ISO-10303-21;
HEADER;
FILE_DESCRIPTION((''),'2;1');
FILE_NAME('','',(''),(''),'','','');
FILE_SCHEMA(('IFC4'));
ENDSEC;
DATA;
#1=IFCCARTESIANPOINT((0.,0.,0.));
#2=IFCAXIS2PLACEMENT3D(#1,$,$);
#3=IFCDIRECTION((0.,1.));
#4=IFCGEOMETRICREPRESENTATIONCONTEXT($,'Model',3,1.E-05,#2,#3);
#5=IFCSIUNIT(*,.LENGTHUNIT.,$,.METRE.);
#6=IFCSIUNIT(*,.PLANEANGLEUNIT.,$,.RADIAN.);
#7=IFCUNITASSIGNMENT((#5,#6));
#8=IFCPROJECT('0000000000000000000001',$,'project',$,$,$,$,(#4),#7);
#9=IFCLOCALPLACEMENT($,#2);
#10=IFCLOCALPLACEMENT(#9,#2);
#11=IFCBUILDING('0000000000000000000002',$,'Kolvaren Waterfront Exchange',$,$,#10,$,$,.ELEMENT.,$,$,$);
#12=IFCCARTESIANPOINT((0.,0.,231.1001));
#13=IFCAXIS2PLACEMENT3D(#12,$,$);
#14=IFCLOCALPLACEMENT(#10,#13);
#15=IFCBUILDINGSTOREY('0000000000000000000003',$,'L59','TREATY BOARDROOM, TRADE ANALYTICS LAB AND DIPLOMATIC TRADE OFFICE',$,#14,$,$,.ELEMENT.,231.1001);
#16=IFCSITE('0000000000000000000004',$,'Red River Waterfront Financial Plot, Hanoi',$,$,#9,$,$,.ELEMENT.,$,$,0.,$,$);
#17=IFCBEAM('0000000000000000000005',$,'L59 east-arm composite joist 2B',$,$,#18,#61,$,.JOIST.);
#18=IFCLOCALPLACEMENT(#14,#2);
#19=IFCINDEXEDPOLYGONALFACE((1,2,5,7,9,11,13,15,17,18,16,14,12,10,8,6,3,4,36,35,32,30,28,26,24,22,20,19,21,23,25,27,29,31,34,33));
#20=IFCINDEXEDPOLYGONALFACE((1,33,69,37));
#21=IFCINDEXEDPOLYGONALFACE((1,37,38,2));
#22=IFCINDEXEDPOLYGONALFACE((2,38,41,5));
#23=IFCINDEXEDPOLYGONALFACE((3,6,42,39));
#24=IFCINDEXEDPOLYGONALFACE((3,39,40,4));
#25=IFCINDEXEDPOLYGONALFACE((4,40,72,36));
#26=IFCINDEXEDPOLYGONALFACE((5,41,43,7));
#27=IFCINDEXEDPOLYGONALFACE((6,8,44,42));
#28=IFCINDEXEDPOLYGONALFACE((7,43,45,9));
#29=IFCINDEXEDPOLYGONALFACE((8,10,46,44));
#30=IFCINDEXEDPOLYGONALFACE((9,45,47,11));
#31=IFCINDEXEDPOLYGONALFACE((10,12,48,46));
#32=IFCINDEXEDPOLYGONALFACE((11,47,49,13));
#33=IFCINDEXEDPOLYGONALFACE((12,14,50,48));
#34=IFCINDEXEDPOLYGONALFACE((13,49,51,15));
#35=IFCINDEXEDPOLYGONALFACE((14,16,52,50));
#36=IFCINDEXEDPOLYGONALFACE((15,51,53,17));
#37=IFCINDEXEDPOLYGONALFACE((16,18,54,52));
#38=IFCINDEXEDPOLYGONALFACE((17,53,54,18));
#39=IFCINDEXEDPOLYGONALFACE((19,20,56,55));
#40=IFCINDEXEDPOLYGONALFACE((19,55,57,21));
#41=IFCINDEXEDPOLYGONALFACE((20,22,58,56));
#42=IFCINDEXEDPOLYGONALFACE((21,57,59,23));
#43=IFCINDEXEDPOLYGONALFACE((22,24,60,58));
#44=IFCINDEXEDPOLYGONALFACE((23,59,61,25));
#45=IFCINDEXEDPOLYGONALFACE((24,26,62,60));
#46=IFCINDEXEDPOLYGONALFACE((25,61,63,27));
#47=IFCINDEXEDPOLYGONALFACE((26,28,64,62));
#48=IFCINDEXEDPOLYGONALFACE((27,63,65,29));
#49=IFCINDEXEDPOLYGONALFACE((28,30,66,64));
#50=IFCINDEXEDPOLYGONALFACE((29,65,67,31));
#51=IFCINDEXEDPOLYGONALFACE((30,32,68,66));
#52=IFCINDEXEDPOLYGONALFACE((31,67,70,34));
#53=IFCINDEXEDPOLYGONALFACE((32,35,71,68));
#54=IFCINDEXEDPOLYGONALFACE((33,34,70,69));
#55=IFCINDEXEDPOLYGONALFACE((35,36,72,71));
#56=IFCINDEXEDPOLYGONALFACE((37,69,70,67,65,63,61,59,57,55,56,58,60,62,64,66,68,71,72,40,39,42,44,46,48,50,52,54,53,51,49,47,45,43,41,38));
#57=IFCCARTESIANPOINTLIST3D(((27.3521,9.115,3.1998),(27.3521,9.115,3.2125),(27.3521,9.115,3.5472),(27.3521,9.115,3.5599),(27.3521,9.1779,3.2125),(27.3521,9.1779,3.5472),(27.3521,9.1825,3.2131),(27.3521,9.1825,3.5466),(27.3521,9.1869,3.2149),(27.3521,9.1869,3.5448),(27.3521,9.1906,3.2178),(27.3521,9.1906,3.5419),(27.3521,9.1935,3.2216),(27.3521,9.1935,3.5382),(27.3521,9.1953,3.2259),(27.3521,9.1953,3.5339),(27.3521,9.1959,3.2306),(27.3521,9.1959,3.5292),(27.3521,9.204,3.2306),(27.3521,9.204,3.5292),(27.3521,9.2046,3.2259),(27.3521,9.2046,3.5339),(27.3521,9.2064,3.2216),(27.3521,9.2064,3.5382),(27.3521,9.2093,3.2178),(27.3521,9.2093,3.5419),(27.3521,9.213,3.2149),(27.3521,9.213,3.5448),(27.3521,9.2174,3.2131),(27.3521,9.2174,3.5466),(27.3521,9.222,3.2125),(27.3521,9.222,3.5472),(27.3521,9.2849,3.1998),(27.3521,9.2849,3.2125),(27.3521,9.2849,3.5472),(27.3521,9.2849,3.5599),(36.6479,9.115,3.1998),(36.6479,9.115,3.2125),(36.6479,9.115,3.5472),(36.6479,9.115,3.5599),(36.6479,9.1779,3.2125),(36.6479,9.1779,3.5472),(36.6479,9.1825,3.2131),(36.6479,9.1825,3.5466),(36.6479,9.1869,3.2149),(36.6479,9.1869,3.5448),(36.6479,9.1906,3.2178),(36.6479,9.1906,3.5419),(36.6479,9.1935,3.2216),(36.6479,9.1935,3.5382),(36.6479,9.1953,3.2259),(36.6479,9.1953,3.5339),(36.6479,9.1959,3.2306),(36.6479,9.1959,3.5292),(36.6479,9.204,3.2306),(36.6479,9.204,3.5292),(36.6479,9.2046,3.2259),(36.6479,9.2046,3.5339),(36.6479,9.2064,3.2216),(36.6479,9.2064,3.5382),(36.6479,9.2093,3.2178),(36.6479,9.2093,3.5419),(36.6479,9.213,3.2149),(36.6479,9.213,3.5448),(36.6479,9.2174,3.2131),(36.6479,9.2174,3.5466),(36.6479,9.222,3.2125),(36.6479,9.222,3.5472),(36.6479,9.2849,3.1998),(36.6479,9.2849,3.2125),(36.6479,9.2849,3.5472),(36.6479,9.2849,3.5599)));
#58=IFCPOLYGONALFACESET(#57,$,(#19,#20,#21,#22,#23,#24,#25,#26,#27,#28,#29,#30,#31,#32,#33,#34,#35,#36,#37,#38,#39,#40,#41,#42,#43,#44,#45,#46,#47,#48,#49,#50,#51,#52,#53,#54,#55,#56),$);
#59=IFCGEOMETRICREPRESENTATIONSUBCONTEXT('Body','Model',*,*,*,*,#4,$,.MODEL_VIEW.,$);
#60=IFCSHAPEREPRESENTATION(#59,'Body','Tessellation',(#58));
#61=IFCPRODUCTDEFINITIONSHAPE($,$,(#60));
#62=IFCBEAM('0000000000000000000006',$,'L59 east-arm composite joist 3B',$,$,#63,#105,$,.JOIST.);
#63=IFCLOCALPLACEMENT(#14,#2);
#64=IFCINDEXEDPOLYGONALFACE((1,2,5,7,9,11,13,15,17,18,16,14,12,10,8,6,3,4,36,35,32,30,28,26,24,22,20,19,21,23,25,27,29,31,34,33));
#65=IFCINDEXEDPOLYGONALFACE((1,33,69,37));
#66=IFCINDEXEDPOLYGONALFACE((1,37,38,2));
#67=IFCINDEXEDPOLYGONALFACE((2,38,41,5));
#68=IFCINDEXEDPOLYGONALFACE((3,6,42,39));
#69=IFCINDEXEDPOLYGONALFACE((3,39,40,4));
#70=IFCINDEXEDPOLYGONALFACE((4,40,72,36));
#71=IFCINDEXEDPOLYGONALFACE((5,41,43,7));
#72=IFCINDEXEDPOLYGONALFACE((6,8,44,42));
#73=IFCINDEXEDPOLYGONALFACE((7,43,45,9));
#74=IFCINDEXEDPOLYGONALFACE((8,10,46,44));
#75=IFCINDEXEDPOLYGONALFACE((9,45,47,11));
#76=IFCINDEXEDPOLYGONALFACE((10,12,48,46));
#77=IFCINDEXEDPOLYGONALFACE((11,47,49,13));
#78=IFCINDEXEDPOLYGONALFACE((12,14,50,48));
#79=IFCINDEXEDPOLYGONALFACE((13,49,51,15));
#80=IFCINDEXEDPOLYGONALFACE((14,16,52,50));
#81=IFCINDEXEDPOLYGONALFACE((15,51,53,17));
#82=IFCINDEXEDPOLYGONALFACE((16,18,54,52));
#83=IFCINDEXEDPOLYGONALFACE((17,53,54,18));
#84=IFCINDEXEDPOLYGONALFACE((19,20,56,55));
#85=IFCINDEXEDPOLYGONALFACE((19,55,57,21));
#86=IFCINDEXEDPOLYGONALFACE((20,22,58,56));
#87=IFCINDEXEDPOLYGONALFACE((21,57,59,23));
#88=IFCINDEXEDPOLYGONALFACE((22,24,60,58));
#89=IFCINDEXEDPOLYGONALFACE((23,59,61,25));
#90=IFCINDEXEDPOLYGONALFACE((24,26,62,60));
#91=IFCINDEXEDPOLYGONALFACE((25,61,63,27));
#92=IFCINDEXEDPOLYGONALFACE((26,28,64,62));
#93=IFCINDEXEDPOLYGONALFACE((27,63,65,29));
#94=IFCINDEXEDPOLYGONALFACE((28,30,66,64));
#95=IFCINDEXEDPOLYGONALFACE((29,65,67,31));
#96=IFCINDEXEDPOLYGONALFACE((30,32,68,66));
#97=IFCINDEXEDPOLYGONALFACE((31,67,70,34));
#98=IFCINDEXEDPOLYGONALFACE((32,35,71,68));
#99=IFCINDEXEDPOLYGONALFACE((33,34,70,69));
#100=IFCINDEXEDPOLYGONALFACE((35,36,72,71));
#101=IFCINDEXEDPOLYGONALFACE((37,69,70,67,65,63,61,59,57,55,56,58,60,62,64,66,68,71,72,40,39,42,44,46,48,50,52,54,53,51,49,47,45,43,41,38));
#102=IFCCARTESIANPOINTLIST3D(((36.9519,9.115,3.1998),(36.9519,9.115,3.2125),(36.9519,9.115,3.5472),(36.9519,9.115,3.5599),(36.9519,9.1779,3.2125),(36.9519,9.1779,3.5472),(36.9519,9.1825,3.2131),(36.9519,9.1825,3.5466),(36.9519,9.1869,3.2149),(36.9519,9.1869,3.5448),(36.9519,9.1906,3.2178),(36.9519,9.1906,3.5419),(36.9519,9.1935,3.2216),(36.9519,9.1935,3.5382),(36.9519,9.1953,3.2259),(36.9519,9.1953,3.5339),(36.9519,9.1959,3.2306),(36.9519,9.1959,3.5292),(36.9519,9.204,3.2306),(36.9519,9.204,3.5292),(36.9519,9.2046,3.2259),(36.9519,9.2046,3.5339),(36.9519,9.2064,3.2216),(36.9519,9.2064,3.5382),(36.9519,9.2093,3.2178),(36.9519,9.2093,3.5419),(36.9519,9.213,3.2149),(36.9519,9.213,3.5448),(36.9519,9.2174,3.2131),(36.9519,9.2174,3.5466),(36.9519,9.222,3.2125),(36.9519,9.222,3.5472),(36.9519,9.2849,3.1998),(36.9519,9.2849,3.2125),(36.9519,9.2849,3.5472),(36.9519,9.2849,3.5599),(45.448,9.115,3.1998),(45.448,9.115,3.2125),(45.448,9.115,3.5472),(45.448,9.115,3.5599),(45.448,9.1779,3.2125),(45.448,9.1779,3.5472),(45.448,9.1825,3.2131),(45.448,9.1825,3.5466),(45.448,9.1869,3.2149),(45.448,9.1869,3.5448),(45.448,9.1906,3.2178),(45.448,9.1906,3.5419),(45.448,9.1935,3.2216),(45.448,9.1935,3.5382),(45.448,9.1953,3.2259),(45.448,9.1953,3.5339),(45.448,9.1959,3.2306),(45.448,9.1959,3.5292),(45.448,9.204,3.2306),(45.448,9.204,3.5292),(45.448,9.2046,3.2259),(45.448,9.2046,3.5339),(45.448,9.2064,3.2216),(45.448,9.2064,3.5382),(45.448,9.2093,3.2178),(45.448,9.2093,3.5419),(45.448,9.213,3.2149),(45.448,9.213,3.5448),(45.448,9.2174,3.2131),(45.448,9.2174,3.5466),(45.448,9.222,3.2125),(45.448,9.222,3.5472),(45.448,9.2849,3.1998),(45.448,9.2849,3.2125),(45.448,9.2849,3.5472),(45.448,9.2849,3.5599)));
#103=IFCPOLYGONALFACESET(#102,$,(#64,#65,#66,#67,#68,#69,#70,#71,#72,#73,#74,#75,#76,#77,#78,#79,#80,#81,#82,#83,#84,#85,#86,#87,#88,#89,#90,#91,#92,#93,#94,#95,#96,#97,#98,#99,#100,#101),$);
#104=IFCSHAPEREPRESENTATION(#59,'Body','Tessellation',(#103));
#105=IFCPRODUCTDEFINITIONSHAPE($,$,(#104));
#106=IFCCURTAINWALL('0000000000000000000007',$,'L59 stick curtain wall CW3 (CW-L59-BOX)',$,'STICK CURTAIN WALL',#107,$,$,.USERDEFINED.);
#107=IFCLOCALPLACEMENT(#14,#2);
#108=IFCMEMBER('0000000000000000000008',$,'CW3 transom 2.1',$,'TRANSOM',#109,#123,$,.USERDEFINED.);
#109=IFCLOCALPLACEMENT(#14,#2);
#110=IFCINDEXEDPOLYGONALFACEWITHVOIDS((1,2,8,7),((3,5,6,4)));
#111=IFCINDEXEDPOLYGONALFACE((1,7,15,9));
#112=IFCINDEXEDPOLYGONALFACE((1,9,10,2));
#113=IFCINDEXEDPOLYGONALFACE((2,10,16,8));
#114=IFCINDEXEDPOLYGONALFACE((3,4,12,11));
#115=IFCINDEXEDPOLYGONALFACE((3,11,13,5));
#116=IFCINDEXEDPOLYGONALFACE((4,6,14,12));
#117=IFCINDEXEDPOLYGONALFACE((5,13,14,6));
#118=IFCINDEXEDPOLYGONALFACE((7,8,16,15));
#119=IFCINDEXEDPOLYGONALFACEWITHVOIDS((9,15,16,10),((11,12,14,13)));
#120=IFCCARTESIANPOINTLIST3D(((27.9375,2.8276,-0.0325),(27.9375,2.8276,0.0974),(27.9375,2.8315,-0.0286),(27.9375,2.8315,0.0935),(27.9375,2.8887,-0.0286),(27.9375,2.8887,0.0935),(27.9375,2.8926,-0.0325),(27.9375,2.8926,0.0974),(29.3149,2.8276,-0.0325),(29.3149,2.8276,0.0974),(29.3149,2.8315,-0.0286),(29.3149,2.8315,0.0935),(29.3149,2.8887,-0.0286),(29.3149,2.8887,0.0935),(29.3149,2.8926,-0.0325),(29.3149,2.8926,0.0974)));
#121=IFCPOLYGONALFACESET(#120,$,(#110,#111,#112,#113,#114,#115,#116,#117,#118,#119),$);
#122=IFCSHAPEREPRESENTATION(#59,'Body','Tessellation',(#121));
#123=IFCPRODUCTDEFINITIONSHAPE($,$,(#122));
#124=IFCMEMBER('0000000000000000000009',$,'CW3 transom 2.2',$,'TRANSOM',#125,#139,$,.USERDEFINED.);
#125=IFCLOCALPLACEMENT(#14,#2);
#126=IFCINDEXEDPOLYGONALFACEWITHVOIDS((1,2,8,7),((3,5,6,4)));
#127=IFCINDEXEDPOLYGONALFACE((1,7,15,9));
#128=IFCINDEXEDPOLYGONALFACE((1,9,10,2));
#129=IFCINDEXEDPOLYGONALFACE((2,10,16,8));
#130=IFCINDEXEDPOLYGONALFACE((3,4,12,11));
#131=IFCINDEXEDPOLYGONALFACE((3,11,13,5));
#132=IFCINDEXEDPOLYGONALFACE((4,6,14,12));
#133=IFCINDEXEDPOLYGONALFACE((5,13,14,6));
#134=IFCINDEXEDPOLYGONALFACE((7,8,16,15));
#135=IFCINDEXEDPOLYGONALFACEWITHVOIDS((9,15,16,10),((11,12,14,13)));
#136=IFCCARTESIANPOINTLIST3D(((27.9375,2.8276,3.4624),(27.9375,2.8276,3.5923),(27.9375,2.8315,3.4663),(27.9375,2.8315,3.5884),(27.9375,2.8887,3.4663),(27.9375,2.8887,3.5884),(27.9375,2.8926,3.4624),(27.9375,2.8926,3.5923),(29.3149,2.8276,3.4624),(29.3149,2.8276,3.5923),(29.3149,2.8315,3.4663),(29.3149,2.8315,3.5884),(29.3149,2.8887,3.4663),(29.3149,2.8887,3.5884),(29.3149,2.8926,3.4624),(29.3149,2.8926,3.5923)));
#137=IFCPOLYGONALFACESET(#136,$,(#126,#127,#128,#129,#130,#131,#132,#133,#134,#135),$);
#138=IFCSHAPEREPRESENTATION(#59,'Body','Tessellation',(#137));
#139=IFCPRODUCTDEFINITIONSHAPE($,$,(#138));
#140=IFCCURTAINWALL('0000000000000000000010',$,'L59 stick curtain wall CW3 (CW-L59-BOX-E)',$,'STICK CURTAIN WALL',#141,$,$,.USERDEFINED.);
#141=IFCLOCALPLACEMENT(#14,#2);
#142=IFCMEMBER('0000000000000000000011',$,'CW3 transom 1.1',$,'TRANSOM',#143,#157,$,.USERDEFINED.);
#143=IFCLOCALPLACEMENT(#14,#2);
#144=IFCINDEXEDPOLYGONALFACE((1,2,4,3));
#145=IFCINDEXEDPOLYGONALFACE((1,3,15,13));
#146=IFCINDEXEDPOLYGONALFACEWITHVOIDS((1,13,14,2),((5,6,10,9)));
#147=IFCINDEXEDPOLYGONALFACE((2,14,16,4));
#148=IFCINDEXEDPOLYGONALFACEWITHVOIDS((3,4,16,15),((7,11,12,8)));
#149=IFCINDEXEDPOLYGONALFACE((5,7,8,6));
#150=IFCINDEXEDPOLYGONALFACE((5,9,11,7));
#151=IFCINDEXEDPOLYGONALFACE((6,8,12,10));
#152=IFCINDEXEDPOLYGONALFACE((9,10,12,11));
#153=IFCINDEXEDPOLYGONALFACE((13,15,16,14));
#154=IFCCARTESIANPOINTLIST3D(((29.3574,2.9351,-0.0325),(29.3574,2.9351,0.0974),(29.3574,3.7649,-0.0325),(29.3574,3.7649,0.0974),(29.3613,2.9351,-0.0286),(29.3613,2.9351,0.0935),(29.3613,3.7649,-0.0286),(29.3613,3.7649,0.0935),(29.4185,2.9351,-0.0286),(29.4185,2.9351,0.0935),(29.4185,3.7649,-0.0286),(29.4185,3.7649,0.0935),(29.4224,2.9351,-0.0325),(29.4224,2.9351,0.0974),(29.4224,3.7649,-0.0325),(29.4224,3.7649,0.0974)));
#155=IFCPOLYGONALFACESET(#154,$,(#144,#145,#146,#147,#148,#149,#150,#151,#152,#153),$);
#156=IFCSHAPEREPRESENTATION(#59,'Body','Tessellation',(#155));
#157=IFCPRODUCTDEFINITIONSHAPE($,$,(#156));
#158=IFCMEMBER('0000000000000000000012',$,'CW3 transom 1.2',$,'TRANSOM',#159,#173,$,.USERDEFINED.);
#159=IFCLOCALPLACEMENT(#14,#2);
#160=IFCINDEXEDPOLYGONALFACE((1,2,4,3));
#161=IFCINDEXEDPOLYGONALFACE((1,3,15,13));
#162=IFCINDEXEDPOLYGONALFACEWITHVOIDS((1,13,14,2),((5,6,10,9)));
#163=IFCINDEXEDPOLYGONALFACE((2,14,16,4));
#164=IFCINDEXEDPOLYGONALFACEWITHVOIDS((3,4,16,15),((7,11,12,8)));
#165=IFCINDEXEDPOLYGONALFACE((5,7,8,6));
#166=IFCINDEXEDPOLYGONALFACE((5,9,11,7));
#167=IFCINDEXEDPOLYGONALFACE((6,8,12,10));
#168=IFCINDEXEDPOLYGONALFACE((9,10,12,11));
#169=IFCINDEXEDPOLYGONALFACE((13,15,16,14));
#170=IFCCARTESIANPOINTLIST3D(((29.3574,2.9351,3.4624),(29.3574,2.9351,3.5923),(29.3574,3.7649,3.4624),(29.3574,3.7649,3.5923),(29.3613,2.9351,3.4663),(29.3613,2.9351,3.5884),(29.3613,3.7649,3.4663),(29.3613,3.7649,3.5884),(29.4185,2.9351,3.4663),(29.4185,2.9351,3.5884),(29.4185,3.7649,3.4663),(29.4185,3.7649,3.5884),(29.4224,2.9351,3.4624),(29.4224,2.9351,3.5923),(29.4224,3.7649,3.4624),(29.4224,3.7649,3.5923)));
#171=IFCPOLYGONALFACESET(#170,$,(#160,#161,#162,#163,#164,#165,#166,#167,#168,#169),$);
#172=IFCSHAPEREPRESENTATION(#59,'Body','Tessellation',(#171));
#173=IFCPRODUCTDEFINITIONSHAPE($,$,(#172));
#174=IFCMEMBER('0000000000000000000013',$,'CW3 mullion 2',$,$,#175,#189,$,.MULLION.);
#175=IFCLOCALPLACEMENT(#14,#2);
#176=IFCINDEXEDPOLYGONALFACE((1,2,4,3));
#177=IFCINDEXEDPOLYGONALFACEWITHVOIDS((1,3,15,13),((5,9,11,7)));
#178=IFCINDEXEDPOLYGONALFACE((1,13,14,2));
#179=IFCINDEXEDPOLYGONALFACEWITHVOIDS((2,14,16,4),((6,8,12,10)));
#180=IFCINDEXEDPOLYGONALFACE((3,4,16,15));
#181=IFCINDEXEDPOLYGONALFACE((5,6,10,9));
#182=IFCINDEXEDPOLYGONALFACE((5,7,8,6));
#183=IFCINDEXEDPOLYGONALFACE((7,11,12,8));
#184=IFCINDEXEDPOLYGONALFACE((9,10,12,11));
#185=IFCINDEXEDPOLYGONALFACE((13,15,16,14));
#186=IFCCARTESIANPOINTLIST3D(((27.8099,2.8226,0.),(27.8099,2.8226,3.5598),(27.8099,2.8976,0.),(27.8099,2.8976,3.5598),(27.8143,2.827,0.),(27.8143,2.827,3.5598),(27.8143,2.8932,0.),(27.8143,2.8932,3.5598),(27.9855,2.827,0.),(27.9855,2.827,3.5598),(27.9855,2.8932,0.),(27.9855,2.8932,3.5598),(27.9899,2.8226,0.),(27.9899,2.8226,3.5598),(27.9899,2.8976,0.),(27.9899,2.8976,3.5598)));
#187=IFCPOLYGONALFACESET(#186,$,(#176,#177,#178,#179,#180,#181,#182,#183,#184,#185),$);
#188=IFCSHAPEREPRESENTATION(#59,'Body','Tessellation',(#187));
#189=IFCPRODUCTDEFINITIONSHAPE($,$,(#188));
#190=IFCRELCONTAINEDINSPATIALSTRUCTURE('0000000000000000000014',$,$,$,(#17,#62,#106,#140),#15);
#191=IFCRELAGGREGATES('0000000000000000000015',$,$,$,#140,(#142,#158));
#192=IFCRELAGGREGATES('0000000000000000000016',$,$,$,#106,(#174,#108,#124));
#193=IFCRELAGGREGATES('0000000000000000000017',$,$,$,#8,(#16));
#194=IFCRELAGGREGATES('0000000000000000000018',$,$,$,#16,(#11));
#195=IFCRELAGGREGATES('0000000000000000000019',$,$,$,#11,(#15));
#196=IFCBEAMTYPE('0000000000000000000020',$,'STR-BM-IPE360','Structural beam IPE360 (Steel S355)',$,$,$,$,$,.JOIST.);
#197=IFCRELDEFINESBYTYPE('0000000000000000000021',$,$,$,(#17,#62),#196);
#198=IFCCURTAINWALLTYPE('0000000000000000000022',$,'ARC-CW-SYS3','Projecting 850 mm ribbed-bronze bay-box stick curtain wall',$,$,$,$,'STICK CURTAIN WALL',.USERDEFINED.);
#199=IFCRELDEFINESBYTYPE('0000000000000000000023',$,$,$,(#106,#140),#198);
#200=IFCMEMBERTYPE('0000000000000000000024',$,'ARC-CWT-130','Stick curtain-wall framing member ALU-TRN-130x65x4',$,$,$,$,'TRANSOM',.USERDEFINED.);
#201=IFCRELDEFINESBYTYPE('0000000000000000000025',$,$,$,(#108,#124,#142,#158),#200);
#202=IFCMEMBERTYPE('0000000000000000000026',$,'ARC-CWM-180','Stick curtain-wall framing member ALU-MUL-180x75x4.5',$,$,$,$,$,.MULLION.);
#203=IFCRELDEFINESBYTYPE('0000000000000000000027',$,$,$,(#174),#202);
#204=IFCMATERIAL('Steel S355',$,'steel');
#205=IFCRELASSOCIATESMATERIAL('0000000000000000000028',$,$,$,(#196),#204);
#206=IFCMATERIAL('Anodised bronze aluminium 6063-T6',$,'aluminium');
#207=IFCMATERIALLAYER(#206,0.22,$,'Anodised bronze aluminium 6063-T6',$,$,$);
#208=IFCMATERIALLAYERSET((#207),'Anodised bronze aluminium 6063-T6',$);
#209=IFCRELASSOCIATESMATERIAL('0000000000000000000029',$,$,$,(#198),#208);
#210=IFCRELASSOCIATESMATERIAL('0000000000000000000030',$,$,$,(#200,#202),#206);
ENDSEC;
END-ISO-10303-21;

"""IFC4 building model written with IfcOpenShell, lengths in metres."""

from ifc_helpers import new_model, si_unit, direction, frame, origin, origin_with_axes, origin_2d, place, context, subcontext, project, spatial, hollow_rectangle, i_section, extrude, source, transform, mapped, material, layer, layer_set, material_profile, profile_set, type_object, element, aggregate, save


model = new_model("IFC4")

# Units and contexts
model_context = context("Model", 3, precision=1e-05, world=origin(), true_north=direction((0.0, 1.0)))
body_context = subcontext(model_context, "Body", "Model", "MODEL_VIEW")
ifc_project = project(units=[si_unit("LENGTHUNIT", "METRE"), si_unit("PLANEANGLEUNIT", "RADIAN")], contexts=[model_context])

# Site, building, storey
site_placement = place(None, origin())
site = spatial("IfcSite", under=ifc_project, at=site_placement, Name="Red River Waterfront Financial Plot, Hanoi", CompositionType="ELEMENT", RefElevation=0.0)
building_placement = place(site_placement, origin())
building = spatial("IfcBuilding", under=site, at=building_placement, Name="Kolvaren Waterfront Exchange", CompositionType="ELEMENT")
storey_placement = place(building_placement, frame((0.0, 0.0, 231.1001)))
storey = spatial("IfcBuildingStorey", under=building, at=storey_placement, Name="L59", Description="TREATY BOARDROOM, TRADE ANALYTICS LAB AND DIPLOMATIC TRADE OFFICE", CompositionType="ELEMENT", Elevation=231.1001)

# Beams
ifc_material_1 = material(Name="Steel S355", Category="steel")
ifc_material_profile_1 = material_profile(ifc_material_1, i_section(OverallWidth=0.1699, OverallDepth=0.3601, WebThickness=0.0081, FlangeThickness=0.0127, FilletRadius=0.0181, at=origin_2d()), Name="IPE360")
ifc_profile_set_1 = profile_set([ifc_material_profile_1], Name="Steel S355")
beam_type_1 = type_object("IfcBeamType", Name="STR-BM-IPE360", Description="Structural beam IPE360 (Steel S355)", PredefinedType="JOIST", material=ifc_profile_set_1)
beam_1_placement = place(storey_placement, frame((27.3521, 9.2, 3.3799), z_axis=(1.0, 0.0, 0.0), x_axis=(0.0, 1.0, 0.0)))
element("IfcBeam", 1, at=beam_1_placement, inside=storey, type_object=beam_type_1, Name="L59 east-arm composite joist 2B", PredefinedType="JOIST", context=body_context, shape_type="SweptSolid", body=[
    extrude(i_section(OverallWidth=0.1699, OverallDepth=0.3601, WebThickness=0.0081, FlangeThickness=0.0127, FilletRadius=0.0181, at=origin_2d()), origin(), (0.0, 0.0, 1.0), 9.2959),
])
beam_2_placement = place(storey_placement, frame((36.9519, 9.2, 3.3799), z_axis=(1.0, 0.0, 0.0), x_axis=(0.0, 1.0, 0.0)))
element("IfcBeam", 2, at=beam_2_placement, inside=storey, type_object=beam_type_1, Name="L59 east-arm composite joist 3B", PredefinedType="JOIST", context=body_context, shape_type="SweptSolid", body=[
    extrude(i_section(OverallWidth=0.1699, OverallDepth=0.3601, WebThickness=0.0081, FlangeThickness=0.0127, FilletRadius=0.0181, at=origin_2d()), origin(), (0.0, 0.0, 1.0), 8.4961),
])

# Curtain walls, members
ifc_material_2 = material(Name="Anodised bronze aluminium 6063-T6", Category="aluminium")
ifc_layer_1 = layer(ifc_material_2, 0.22, Name="Anodised bronze aluminium 6063-T6")
ifc_layer_set_1 = layer_set([ifc_layer_1], Name="Anodised bronze aluminium 6063-T6")
curtain_wall_type_1 = type_object("IfcCurtainWallType", Name="ARC-CW-SYS3", Description="Projecting 850 mm ribbed-bronze bay-box stick curtain wall", ElementType="STICK CURTAIN WALL", PredefinedType="USERDEFINED", material=ifc_layer_set_1)
curtain_wall_1_placement = place(storey_placement, origin())
curtain_wall_1 = element("IfcCurtainWall", 3, at=curtain_wall_1_placement, inside=storey, type_object=curtain_wall_type_1, Name="L59 stick curtain wall CW3 (CW-L59-BOX)", ObjectType="STICK CURTAIN WALL", PredefinedType="USERDEFINED")
ifc_material_profile_2 = material_profile(ifc_material_2, hollow_rectangle(XDim=0.0649, YDim=0.1299, WallThickness=0.0039, at=origin_2d()), Name="ALU-TRN-130x65x4")
ifc_profile_set_2 = profile_set([ifc_material_profile_2], Name="Anodised bronze aluminium 6063-T6")
member_type_1 = type_object("IfcMemberType", Name="ARC-CWT-130", Description="Stick curtain-wall framing member ALU-TRN-130x65x4", ElementType="TRANSOM", PredefinedType="USERDEFINED", material=ifc_profile_set_2)
shared_shape_1 = source(origin_with_axes(), body_context, "Body", "SweptSolid", [
    extrude(hollow_rectangle(XDim=0.0649, YDim=0.1299, WallThickness=0.0039, at=origin_2d()), origin(), (0.0, 0.0, 1.0), 1.3774),
])
member_1_placement = place(storey_placement, frame((27.9375, 2.8601, 0.0325), z_axis=(1.0, 0.0, 0.0), x_axis=(0.0, 1.0, 0.0)))
member_1 = element("IfcMember", 4, at=member_1_placement, type_object=member_type_1, Name="CW3 transom 2.1", ObjectType="TRANSOM", PredefinedType="USERDEFINED", context=body_context, shape_type="MappedRepresentation", body=[
    mapped(shared_shape_1, transform((0.0, 0.0, 0.0), x_axis=(1.0, 0.0, 0.0), y_axis=(0.0, 1.0, 0.0), z_axis=(0.0, 0.0, 1.0), scale=1.0)),
])
member_2_placement = place(storey_placement, frame((27.9375, 2.8601, 3.5273), z_axis=(1.0, 0.0, 0.0), x_axis=(0.0, 1.0, 0.0)))
member_2 = element("IfcMember", 5, at=member_2_placement, type_object=member_type_1, Name="CW3 transom 2.2", ObjectType="TRANSOM", PredefinedType="USERDEFINED", context=body_context, shape_type="MappedRepresentation", body=[
    mapped(shared_shape_1, transform((0.0, 0.0, 0.0), x_axis=(1.0, 0.0, 0.0), y_axis=(0.0, 1.0, 0.0), z_axis=(0.0, 0.0, 1.0), scale=1.0)),
])
curtain_wall_2_placement = place(storey_placement, origin())
curtain_wall_2 = element("IfcCurtainWall", 6, at=curtain_wall_2_placement, inside=storey, type_object=curtain_wall_type_1, Name="L59 stick curtain wall CW3 (CW-L59-BOX-E)", ObjectType="STICK CURTAIN WALL", PredefinedType="USERDEFINED")
shared_shape_2 = source(origin_with_axes(), body_context, "Body", "SweptSolid", [
    extrude(hollow_rectangle(XDim=0.0649, YDim=0.1299, WallThickness=0.0039, at=origin_2d()), origin(), (0.0, 0.0, 1.0), 0.8298),
])
member_3_placement = place(storey_placement, frame((29.3899, 2.9351, 0.0325), z_axis=(0.0, 1.0, 0.0), x_axis=(-1.0, 0.0, 0.0)))
member_3 = element("IfcMember", 7, at=member_3_placement, type_object=member_type_1, Name="CW3 transom 1.1", ObjectType="TRANSOM", PredefinedType="USERDEFINED", context=body_context, shape_type="MappedRepresentation", body=[
    mapped(shared_shape_2, transform((0.0, 0.0, 0.0), x_axis=(1.0, 0.0, 0.0), y_axis=(0.0, 1.0, 0.0), z_axis=(0.0, 0.0, 1.0), scale=1.0)),
])
member_4_placement = place(storey_placement, frame((29.3899, 2.9351, 3.5273), z_axis=(0.0, 1.0, 0.0), x_axis=(-1.0, 0.0, 0.0)))
member_4 = element("IfcMember", 8, at=member_4_placement, type_object=member_type_1, Name="CW3 transom 1.2", ObjectType="TRANSOM", PredefinedType="USERDEFINED", context=body_context, shape_type="MappedRepresentation", body=[
    mapped(shared_shape_2, transform((0.0, 0.0, 0.0), x_axis=(1.0, 0.0, 0.0), y_axis=(0.0, 1.0, 0.0), z_axis=(0.0, 0.0, 1.0), scale=1.0)),
])

# Member
ifc_material_profile_3 = material_profile(ifc_material_2, hollow_rectangle(XDim=0.075, YDim=0.1799, WallThickness=0.0044, at=origin_2d()), Name="ALU-MUL-180x75x4.5")
ifc_profile_set_3 = profile_set([ifc_material_profile_3], Name="Anodised bronze aluminium 6063-T6")
member_type_2 = type_object("IfcMemberType", Name="ARC-CWM-180", Description="Stick curtain-wall framing member ALU-MUL-180x75x4.5", PredefinedType="MULLION", material=ifc_profile_set_3)
shared_shape_3 = source(origin_with_axes(), body_context, "Body", "SweptSolid", [
    extrude(hollow_rectangle(XDim=0.075, YDim=0.1799, WallThickness=0.0044, at=origin_2d()), origin(), (0.0, 0.0, 1.0), 3.5598),
])
member_5_placement = place(storey_placement, frame((27.8999, 2.8601, 0.0), z_axis=(0.0, 0.0, 1.0), x_axis=(0.0, 1.0, 0.0)))
member_5 = element("IfcMember", 9, at=member_5_placement, type_object=member_type_2, Name="CW3 mullion 2", PredefinedType="MULLION", context=body_context, shape_type="MappedRepresentation", body=[
    mapped(shared_shape_3, transform((0.0, 0.0, 0.0), x_axis=(1.0, 0.0, 0.0), y_axis=(0.0, 1.0, 0.0), z_axis=(0.0, 0.0, 1.0), scale=1.0)),
])

aggregate(curtain_wall_2, [member_3, member_4])
aggregate(curtain_wall_1, [member_5, member_1, member_2])

save(model, "model.ifc")
